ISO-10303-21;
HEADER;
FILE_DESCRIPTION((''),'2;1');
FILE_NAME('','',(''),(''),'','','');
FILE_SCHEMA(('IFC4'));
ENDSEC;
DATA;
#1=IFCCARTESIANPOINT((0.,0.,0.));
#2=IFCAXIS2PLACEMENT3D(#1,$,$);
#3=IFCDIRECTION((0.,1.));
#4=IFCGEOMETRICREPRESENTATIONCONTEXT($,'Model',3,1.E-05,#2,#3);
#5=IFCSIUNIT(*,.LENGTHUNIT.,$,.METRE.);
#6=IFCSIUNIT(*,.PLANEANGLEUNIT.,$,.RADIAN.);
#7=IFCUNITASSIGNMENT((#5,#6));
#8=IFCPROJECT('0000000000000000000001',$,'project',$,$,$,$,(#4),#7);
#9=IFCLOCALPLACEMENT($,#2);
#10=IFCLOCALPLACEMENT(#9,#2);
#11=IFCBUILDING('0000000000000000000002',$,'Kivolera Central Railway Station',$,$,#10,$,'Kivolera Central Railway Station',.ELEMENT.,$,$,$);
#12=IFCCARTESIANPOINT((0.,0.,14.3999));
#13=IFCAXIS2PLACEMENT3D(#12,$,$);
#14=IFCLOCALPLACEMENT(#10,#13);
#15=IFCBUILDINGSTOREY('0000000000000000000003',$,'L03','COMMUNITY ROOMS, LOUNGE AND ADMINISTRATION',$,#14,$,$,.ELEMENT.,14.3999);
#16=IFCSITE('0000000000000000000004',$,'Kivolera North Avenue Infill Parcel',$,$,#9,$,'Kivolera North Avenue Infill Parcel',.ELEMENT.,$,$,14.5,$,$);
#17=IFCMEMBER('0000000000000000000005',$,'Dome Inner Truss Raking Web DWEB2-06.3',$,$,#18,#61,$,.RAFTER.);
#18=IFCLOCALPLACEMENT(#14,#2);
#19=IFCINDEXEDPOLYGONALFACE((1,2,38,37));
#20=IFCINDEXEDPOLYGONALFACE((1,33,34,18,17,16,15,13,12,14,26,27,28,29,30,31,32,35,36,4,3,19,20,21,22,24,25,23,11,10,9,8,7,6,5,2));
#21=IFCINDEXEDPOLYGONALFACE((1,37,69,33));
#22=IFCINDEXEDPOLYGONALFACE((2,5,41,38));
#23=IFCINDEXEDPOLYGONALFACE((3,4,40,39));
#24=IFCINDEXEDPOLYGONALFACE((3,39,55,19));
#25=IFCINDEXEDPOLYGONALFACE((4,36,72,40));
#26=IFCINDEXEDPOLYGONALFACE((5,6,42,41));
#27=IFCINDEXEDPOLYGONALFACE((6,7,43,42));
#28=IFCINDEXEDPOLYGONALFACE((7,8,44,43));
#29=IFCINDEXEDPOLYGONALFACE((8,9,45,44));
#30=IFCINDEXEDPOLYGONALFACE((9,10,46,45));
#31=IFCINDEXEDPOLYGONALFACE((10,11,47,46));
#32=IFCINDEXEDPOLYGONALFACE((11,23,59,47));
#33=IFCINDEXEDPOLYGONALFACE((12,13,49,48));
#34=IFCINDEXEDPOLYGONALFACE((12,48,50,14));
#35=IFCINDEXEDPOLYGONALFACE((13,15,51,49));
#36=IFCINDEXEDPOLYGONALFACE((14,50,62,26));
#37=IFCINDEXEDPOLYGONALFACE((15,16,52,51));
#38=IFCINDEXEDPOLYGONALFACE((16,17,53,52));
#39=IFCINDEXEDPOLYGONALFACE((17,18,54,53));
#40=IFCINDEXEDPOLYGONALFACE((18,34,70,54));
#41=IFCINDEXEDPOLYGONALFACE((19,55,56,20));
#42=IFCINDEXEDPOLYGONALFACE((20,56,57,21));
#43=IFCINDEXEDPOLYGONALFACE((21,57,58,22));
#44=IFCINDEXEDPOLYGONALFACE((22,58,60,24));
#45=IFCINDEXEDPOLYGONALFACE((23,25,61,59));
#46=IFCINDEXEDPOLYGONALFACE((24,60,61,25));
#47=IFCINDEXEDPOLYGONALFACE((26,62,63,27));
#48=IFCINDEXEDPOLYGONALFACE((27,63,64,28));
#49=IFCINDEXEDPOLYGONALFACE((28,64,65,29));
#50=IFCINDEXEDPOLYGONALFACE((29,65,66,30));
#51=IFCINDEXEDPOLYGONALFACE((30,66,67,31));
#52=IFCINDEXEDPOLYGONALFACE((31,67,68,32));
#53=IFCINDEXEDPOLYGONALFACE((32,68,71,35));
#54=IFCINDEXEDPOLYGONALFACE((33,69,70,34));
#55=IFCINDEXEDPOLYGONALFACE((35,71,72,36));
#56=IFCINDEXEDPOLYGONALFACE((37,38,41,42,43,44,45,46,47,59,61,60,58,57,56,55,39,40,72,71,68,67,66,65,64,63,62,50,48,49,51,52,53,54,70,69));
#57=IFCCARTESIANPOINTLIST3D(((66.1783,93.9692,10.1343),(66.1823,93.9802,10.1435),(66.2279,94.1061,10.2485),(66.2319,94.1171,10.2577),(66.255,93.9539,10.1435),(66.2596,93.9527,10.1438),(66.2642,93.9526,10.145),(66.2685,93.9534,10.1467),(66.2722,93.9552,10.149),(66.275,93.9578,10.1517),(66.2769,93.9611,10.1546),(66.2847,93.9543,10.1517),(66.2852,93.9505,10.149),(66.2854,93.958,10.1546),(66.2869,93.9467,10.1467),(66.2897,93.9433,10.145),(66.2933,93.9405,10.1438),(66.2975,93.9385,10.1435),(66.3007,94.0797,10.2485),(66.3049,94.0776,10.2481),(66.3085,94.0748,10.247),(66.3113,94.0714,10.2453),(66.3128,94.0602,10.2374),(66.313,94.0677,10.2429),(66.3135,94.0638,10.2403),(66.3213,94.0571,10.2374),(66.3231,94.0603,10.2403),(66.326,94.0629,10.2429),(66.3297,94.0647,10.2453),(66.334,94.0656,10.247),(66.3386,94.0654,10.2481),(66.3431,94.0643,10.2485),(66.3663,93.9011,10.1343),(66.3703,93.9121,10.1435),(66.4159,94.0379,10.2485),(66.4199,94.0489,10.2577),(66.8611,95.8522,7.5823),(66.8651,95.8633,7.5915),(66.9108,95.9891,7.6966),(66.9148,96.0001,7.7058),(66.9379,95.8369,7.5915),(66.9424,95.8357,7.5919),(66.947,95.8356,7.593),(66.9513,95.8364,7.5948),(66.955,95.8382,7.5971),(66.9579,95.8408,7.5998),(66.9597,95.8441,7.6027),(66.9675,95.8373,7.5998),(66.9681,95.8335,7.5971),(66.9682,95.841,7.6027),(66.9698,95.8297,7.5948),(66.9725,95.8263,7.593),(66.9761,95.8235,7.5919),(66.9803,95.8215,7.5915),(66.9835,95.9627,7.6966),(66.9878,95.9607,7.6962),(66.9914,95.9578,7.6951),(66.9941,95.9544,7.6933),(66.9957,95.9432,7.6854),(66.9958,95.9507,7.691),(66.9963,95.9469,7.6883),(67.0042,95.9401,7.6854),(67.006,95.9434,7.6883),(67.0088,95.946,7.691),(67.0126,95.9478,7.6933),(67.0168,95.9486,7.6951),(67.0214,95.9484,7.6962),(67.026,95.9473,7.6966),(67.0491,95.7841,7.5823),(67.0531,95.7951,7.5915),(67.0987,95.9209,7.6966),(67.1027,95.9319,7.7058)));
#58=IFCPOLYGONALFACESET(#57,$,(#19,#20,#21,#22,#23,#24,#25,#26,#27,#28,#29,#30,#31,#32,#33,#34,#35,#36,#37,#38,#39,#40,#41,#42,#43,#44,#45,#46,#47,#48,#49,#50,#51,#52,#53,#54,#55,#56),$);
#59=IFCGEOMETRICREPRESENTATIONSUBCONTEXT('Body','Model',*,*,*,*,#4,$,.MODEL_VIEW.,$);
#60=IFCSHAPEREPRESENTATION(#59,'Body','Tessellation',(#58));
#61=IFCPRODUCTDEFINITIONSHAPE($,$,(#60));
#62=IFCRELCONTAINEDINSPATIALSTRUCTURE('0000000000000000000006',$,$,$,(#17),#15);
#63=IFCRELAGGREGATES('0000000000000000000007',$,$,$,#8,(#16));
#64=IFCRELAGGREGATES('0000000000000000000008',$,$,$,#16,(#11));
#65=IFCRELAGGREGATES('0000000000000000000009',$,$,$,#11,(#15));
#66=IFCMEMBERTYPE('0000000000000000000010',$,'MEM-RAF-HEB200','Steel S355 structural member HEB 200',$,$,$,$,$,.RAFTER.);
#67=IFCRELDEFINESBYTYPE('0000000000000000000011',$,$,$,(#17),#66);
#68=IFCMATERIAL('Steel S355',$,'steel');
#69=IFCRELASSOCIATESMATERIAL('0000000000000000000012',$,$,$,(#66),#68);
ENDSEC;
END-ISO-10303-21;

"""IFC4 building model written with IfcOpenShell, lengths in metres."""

from ifc_helpers import new_model, si_unit, direction, frame, origin, origin_2d, place, context, subcontext, project, spatial, i_section, extrude, material, material_profile, profile_set, type_object, element, save


model = new_model("IFC4")

# Units and contexts
model_context = context("Model", 3, precision=1e-05, world=origin(), true_north=direction((0.0, 1.0)))
body_context = subcontext(model_context, "Body", "Model", "MODEL_VIEW")
ifc_project = project(units=[si_unit("LENGTHUNIT", "METRE"), si_unit("PLANEANGLEUNIT", "RADIAN")], contexts=[model_context])

# Site, building, storey
site_placement = place(None, origin())
site = spatial("IfcSite", under=ifc_project, at=site_placement, Name="Kivolera North Avenue Infill Parcel", LongName="Kivolera North Avenue Infill Parcel", CompositionType="ELEMENT", RefElevation=14.5)
building_placement = place(site_placement, origin())
building = spatial("IfcBuilding", under=site, at=building_placement, Name="Kivolera Central Railway Station", LongName="Kivolera Central Railway Station", CompositionType="ELEMENT")
storey_placement = place(building_placement, frame((0.0, 0.0, 14.3999)))
storey = spatial("IfcBuildingStorey", under=building, at=storey_placement, Name="L03", Description="COMMUNITY ROOMS, LOUNGE AND ADMINISTRATION", CompositionType="ELEMENT", Elevation=14.3999)

# Shared definitions
ifc_material_1 = material(Name="Steel S355", Category="steel")

# Member
ifc_material_profile_1 = material_profile(ifc_material_1, i_section(OverallWidth=0.2, OverallDepth=0.2, WebThickness=0.009, FlangeThickness=0.0149, FilletRadius=0.0181, at=origin_2d()), Name="HEB 200")
ifc_profile_set_1 = profile_set([ifc_material_profile_1], Name="Steel S355")
member_type_1 = type_object("IfcMemberType", Name="MEM-RAF-HEB200", Description="Steel S355 structural member HEB 200", PredefinedType="RAFTER", material=ifc_profile_set_1)
member_1_placement = place(storey_placement, frame((66.9819, 95.8921, 7.644), z_axis=(-0.210486, -0.580436, 0.786632), x_axis=(0.940096, -0.340911, 0.0)))
element("IfcMember", 1, at=member_1_placement, inside=storey, type_object=member_type_1, Name="Dome Inner Truss Raking Web DWEB2-06.3", PredefinedType="RAFTER", context=body_context, shape_type="SweptSolid", body=[
    extrude(i_section(OverallWidth=0.2, OverallDepth=0.2, WebThickness=0.009, FlangeThickness=0.0149, FilletRadius=0.0181, at=origin_2d()), origin(), (0.0, 0.0, 1.0), 3.2441),
])

save(model, "model.ifc")
